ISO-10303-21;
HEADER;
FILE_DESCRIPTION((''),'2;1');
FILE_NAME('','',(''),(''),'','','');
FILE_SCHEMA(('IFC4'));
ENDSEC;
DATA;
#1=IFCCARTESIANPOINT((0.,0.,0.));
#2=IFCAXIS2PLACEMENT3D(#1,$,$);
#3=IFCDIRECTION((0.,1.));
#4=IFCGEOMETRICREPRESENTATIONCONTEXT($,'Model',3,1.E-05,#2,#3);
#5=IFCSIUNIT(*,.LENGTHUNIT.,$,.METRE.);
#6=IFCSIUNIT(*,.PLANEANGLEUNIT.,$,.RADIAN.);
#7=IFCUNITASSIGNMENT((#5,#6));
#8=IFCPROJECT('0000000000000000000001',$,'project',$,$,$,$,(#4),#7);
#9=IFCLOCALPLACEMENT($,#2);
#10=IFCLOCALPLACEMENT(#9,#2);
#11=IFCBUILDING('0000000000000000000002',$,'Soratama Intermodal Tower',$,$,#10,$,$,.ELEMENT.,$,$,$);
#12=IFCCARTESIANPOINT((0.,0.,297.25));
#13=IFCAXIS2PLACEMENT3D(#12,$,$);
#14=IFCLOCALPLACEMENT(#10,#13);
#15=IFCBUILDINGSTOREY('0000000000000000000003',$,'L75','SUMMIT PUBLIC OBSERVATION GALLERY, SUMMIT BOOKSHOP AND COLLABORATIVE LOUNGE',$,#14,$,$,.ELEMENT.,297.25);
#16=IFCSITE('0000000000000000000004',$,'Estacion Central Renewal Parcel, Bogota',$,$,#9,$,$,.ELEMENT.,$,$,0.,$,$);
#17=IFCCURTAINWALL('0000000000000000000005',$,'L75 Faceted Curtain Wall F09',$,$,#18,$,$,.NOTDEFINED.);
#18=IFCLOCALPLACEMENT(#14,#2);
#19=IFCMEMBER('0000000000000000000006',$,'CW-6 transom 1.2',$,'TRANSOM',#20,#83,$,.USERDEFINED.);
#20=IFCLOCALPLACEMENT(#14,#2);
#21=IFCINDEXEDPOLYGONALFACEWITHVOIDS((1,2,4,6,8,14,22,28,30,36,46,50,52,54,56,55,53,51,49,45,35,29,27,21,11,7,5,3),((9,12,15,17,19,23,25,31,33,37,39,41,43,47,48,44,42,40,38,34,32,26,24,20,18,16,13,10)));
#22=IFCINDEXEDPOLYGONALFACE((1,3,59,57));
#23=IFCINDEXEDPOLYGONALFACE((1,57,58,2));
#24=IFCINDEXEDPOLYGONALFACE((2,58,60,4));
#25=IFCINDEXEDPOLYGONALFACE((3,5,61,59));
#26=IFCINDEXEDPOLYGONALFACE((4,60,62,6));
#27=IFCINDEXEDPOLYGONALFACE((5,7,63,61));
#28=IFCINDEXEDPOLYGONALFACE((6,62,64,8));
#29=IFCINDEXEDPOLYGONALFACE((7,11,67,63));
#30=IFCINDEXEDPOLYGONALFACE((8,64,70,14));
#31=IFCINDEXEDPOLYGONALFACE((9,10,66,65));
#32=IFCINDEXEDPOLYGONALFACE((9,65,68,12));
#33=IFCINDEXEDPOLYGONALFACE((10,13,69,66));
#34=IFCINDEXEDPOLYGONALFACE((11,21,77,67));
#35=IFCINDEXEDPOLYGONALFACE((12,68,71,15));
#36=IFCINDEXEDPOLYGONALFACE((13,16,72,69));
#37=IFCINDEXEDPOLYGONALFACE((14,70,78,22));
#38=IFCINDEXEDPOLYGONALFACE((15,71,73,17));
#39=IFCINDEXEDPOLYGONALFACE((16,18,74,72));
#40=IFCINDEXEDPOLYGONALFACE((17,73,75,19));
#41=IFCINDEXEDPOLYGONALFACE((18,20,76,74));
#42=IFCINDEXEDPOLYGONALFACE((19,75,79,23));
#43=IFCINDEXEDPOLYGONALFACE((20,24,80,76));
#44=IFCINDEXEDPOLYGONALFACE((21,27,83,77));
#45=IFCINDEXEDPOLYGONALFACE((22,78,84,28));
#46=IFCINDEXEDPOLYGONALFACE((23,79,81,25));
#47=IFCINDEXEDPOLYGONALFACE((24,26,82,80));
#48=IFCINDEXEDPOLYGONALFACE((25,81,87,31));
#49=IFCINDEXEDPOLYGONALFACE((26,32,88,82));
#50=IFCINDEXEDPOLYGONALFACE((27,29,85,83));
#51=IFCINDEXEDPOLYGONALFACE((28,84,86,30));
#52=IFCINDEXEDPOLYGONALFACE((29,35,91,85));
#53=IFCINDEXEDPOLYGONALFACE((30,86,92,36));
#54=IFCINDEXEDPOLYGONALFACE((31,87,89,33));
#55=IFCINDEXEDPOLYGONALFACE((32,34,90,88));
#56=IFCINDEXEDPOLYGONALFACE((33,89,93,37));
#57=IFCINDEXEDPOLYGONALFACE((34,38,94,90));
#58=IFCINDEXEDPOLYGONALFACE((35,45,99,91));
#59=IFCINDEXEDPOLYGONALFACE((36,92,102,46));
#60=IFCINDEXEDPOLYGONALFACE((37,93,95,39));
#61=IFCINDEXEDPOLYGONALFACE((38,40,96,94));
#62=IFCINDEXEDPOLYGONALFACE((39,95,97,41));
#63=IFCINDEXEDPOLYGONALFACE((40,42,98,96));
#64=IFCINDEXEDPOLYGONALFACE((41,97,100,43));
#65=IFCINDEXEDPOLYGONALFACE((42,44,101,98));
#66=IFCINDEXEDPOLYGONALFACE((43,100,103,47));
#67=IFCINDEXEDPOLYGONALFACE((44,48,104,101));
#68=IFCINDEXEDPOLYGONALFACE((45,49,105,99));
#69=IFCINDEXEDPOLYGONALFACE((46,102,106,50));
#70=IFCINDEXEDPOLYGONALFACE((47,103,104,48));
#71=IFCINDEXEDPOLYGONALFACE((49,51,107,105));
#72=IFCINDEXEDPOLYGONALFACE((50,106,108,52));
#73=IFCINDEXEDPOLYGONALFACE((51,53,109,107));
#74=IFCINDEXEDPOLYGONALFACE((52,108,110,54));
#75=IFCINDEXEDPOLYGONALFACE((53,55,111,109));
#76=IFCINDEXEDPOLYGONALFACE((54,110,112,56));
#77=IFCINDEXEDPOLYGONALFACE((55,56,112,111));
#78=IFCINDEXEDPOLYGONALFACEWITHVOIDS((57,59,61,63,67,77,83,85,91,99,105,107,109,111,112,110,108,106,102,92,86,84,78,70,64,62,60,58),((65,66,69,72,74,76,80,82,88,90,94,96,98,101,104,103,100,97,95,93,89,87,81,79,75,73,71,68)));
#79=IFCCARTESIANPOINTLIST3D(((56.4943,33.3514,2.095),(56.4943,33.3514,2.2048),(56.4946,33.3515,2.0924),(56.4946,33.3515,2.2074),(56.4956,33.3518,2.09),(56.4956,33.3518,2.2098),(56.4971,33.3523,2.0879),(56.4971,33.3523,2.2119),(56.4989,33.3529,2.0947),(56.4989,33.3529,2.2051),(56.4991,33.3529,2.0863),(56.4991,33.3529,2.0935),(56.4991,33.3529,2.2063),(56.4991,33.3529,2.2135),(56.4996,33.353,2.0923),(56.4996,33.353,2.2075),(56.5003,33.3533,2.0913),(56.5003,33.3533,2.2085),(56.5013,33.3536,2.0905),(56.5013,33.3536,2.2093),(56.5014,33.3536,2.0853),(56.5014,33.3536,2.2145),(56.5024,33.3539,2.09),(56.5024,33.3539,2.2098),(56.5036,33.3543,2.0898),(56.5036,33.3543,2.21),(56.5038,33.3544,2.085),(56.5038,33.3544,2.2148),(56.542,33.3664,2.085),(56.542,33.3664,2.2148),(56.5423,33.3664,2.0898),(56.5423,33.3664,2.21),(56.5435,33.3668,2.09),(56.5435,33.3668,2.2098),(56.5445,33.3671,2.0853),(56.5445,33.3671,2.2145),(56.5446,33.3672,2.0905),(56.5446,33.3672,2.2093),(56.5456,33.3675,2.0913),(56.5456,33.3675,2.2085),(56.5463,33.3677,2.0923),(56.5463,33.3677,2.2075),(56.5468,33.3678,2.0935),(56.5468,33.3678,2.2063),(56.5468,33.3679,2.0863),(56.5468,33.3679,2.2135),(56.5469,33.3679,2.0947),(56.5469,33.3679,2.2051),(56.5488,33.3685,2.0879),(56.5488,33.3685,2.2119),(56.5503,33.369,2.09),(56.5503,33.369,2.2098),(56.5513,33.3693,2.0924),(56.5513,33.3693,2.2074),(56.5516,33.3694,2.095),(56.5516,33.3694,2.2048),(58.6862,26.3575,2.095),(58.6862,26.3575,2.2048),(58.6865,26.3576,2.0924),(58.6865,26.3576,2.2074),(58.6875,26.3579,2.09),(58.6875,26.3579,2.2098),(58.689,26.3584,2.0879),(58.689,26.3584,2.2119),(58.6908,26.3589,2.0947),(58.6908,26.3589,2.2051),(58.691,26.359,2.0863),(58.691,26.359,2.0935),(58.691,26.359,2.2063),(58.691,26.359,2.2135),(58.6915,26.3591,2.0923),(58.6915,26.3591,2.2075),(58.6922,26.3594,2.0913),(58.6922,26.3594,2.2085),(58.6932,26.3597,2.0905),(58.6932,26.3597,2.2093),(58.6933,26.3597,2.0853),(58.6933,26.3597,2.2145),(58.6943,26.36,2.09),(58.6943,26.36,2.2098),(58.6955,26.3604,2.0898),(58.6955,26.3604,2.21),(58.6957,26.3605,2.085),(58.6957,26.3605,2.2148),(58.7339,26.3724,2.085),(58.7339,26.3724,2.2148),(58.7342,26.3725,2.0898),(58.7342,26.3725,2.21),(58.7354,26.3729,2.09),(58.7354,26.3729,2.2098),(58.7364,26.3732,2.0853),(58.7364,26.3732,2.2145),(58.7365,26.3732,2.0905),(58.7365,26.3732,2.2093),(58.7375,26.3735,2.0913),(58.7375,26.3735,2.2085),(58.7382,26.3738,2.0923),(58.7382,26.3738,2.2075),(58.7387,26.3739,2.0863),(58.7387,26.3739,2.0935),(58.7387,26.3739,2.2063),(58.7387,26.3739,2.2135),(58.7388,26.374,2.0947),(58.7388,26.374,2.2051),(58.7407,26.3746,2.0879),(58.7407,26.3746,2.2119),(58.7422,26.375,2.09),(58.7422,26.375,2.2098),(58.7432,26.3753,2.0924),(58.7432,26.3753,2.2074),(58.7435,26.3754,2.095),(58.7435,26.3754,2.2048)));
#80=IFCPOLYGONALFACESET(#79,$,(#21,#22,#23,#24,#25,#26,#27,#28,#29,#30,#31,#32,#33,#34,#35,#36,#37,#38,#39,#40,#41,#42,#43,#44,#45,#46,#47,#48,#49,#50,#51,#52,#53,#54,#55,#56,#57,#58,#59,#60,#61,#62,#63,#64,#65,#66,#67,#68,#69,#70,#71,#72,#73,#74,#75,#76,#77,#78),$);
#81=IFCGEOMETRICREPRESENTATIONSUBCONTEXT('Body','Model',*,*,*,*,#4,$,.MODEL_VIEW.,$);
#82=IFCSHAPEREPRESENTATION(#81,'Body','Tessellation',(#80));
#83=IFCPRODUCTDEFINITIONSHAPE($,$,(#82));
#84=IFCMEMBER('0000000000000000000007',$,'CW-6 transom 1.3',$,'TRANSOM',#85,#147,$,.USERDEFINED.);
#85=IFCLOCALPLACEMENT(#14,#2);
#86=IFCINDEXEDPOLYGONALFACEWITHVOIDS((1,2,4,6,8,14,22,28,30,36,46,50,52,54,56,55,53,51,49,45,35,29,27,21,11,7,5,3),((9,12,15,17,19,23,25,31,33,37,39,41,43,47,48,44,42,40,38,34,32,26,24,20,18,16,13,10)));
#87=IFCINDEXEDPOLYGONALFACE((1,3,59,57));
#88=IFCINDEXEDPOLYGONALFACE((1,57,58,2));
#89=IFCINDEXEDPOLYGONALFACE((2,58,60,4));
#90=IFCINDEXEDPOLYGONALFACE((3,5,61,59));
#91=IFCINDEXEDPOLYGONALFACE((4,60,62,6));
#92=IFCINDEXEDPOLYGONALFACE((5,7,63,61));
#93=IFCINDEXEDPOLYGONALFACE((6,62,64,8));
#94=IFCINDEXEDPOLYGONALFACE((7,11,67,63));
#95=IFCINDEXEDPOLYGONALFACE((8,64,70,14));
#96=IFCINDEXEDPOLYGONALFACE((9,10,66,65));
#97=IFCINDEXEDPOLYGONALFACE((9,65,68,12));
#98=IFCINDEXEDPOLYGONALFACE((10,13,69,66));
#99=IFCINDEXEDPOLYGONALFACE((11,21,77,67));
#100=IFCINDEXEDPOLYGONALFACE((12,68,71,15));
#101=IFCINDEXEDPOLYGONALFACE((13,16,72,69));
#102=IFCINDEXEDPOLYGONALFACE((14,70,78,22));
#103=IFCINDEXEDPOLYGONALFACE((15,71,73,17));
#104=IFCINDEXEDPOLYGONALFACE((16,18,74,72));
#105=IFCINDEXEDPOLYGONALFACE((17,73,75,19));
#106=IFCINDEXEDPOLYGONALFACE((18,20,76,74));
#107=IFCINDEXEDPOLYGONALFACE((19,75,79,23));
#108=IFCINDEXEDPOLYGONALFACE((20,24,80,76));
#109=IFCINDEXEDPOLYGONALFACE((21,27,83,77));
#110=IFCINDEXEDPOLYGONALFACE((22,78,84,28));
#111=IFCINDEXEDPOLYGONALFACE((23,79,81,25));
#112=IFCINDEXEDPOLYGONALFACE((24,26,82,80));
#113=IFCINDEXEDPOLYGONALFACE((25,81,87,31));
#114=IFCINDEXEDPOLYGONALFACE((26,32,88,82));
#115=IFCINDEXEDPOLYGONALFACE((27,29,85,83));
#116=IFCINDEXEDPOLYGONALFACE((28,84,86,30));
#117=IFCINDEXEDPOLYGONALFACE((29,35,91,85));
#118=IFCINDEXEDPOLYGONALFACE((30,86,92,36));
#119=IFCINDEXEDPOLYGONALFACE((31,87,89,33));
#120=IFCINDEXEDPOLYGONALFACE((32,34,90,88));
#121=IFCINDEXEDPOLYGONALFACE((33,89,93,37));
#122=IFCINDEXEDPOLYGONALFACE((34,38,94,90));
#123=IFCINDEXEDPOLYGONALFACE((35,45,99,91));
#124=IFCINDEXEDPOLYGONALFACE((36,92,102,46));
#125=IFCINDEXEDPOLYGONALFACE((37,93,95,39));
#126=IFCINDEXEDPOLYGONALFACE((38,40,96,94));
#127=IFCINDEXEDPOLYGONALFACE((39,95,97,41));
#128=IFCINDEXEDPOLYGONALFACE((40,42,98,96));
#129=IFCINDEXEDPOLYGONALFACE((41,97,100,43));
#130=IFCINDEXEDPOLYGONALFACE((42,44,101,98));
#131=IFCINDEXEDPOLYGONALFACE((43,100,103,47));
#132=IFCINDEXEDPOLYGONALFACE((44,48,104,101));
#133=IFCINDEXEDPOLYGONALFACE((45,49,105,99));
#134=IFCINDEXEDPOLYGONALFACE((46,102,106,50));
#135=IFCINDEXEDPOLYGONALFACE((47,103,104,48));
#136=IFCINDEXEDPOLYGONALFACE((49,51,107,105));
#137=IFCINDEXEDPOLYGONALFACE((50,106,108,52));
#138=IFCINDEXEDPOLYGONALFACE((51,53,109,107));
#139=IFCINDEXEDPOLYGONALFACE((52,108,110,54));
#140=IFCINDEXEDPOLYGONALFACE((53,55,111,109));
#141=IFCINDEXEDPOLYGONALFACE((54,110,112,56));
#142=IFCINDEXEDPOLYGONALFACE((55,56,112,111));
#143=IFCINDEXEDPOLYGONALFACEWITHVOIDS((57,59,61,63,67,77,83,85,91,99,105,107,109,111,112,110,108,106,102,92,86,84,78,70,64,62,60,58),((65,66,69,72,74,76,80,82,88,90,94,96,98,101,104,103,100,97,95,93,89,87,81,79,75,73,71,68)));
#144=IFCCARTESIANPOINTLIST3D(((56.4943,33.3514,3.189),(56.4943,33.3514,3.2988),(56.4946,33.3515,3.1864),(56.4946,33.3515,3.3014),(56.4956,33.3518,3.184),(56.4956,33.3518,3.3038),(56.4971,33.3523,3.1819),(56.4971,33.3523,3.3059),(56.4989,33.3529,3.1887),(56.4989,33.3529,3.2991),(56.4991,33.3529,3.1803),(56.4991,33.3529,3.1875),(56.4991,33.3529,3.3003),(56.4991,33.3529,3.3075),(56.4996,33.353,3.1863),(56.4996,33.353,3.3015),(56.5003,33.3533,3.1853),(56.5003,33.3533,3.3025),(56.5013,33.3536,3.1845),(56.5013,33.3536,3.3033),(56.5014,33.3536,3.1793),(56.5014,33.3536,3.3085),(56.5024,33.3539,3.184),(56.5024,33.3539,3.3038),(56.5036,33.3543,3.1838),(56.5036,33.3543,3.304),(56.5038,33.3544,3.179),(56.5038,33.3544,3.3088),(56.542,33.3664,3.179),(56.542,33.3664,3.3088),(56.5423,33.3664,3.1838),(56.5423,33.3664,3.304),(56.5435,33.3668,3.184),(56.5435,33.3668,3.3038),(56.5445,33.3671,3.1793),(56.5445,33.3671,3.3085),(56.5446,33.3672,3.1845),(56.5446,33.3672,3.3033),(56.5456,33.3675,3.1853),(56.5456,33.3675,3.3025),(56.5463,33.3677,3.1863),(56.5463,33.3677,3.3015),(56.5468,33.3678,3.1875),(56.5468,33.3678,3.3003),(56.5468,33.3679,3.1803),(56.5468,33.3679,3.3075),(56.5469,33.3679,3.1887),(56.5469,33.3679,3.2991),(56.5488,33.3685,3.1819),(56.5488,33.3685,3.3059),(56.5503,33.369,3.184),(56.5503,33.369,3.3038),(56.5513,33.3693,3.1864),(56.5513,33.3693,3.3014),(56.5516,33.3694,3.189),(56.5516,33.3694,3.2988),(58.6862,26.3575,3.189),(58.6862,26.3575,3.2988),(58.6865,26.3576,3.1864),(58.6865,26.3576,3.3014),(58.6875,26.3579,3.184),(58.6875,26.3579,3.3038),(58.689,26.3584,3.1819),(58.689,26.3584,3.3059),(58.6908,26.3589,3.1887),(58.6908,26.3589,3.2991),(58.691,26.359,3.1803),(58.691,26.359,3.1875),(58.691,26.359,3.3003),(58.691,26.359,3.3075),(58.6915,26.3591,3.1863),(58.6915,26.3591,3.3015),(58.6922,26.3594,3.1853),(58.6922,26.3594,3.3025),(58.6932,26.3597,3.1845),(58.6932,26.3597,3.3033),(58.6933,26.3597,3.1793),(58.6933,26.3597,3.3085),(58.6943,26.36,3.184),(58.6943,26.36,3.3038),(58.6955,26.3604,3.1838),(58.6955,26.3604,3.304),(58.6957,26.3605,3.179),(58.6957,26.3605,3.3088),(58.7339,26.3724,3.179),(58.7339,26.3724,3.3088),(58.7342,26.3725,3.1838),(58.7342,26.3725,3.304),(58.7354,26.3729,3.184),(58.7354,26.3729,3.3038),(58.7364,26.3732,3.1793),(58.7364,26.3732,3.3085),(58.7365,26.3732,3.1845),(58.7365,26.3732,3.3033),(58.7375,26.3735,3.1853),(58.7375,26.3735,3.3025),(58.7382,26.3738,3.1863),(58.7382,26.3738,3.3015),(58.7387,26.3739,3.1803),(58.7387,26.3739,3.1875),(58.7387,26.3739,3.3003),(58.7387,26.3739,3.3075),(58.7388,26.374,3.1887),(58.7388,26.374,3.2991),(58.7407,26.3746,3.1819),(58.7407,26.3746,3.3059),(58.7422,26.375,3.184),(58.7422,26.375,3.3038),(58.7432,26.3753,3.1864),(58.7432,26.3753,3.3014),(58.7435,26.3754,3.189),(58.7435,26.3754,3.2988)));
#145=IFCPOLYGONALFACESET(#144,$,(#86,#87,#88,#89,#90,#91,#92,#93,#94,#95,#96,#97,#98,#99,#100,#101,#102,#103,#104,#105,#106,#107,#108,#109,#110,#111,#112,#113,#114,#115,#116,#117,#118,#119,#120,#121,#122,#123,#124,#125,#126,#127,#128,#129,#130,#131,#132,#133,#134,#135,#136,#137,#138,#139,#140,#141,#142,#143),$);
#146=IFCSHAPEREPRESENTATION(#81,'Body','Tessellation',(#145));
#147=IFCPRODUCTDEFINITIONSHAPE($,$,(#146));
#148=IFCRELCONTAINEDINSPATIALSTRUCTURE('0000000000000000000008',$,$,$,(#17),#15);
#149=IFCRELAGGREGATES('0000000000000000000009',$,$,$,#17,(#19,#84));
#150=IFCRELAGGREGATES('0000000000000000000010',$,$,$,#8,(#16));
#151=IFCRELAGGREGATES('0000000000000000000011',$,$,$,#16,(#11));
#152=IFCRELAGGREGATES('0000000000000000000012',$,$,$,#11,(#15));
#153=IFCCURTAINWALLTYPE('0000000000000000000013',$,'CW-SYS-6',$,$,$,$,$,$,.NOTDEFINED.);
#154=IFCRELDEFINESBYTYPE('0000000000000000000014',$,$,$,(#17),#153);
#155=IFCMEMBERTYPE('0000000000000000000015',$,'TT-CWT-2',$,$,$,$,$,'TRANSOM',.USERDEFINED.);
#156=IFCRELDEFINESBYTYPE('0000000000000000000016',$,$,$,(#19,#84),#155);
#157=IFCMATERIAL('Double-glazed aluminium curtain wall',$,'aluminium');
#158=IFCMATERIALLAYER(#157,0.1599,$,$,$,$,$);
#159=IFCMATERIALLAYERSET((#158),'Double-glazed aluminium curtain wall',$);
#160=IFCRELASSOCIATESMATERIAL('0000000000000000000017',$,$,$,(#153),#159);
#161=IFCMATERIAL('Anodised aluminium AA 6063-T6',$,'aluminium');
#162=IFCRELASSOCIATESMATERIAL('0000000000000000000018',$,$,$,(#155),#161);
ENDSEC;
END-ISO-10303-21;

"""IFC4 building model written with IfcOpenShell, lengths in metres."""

from ifc_helpers import new_model, si_unit, direction, frame, origin, origin_2d, place, context, subcontext, project, spatial, hollow_rectangle, extrude, material, layer, layer_set, material_profile, profile_set, type_object, element, aggregate, save


model = new_model("IFC4")

# Units and contexts
model_context = context("Model", 3, precision=1e-05, world=origin(), true_north=direction((0.0, 1.0)))
body_context = subcontext(model_context, "Body", "Model", "MODEL_VIEW")
ifc_project = project(units=[si_unit("LENGTHUNIT", "METRE"), si_unit("PLANEANGLEUNIT", "RADIAN")], contexts=[model_context])

# Site, building, storey
site_placement = place(None, origin())
site = spatial("IfcSite", under=ifc_project, at=site_placement, Name="Estacion Central Renewal Parcel, Bogota", CompositionType="ELEMENT", RefElevation=0.0)
building_placement = place(site_placement, origin())
building = spatial("IfcBuilding", under=site, at=building_placement, Name="Soratama Intermodal Tower", CompositionType="ELEMENT")
storey_placement = place(building_placement, frame((0.0, 0.0, 297.25)))
storey = spatial("IfcBuildingStorey", under=building, at=storey_placement, Name="L75", Description="SUMMIT PUBLIC OBSERVATION GALLERY, SUMMIT BOOKSHOP AND COLLABORATIVE LOUNGE", CompositionType="ELEMENT", Elevation=297.25)

# Shared definitions
ifc_material_1 = material(Name="Double-glazed aluminium curtain wall", Category="aluminium")
ifc_layer_1 = layer(ifc_material_1, 0.1599)
ifc_layer_set_1 = layer_set([ifc_layer_1], Name="Double-glazed aluminium curtain wall")
curtain_wall_type = type_object("IfcCurtainWallType", Name="CW-SYS-6", PredefinedType="NOTDEFINED", material=ifc_layer_set_1)

# Curtain wall
curtain_wall_1_placement = place(storey_placement, origin())
curtain_wall_1 = element("IfcCurtainWall", 1, at=curtain_wall_1_placement, inside=storey, type_object=curtain_wall_type, Name="L75 Faceted Curtain Wall F09", PredefinedType="NOTDEFINED")

# Members
ifc_material_2 = material(Name="Anodised aluminium AA 6063-T6", Category="aluminium")
ifc_material_profile_1 = material_profile(ifc_material_2, hollow_rectangle(XDim=0.0601, YDim=0.1299, WallThickness=0.0049, InnerFilletRadius=0.0049, OuterFilletRadius=0.01, at=origin_2d()), Name="CWT130X60X5")
ifc_profile_set_1 = profile_set([ifc_material_profile_1], Name="Anodised aluminium AA 6063-T6")
member_type_1 = type_object("IfcMemberType", Name="TT-CWT-2", ElementType="TRANSOM", PredefinedType="USERDEFINED", material=ifc_profile_set_1)
member_1_placement = place(storey_placement, frame((58.7148, 26.3665, 2.1499), z_axis=(-0.299058, 0.954235, 0.0), x_axis=(-0.954235, -0.299058, 0.0)))
member_1 = element("IfcMember", 2, at=member_1_placement, type_object=member_type_1, Name="CW-6 transom 1.2", ObjectType="TRANSOM", PredefinedType="USERDEFINED", context=body_context, shape_type="SweptSolid", body=[
    extrude(hollow_rectangle(XDim=0.0601, YDim=0.1299, WallThickness=0.0049, InnerFilletRadius=0.0049, OuterFilletRadius=0.01, at=origin_2d()), origin(), (0.0, 0.0, 1.0), 7.3293),
])
member_2_placement = place(storey_placement, frame((58.7148, 26.3665, 3.2439), z_axis=(-0.299058, 0.954235, 0.0), x_axis=(-0.954235, -0.299058, 0.0)))
member_2 = element("IfcMember", 3, at=member_2_placement, type_object=member_type_1, Name="CW-6 transom 1.3", ObjectType="TRANSOM", PredefinedType="USERDEFINED", context=body_context, shape_type="SweptSolid", body=[
    extrude(hollow_rectangle(XDim=0.0601, YDim=0.1299, WallThickness=0.0049, InnerFilletRadius=0.0049, OuterFilletRadius=0.01, at=origin_2d()), origin(), (0.0, 0.0, 1.0), 7.3293),
])

aggregate(curtain_wall_1, [member_1, member_2])

save(model, "model.ifc")
